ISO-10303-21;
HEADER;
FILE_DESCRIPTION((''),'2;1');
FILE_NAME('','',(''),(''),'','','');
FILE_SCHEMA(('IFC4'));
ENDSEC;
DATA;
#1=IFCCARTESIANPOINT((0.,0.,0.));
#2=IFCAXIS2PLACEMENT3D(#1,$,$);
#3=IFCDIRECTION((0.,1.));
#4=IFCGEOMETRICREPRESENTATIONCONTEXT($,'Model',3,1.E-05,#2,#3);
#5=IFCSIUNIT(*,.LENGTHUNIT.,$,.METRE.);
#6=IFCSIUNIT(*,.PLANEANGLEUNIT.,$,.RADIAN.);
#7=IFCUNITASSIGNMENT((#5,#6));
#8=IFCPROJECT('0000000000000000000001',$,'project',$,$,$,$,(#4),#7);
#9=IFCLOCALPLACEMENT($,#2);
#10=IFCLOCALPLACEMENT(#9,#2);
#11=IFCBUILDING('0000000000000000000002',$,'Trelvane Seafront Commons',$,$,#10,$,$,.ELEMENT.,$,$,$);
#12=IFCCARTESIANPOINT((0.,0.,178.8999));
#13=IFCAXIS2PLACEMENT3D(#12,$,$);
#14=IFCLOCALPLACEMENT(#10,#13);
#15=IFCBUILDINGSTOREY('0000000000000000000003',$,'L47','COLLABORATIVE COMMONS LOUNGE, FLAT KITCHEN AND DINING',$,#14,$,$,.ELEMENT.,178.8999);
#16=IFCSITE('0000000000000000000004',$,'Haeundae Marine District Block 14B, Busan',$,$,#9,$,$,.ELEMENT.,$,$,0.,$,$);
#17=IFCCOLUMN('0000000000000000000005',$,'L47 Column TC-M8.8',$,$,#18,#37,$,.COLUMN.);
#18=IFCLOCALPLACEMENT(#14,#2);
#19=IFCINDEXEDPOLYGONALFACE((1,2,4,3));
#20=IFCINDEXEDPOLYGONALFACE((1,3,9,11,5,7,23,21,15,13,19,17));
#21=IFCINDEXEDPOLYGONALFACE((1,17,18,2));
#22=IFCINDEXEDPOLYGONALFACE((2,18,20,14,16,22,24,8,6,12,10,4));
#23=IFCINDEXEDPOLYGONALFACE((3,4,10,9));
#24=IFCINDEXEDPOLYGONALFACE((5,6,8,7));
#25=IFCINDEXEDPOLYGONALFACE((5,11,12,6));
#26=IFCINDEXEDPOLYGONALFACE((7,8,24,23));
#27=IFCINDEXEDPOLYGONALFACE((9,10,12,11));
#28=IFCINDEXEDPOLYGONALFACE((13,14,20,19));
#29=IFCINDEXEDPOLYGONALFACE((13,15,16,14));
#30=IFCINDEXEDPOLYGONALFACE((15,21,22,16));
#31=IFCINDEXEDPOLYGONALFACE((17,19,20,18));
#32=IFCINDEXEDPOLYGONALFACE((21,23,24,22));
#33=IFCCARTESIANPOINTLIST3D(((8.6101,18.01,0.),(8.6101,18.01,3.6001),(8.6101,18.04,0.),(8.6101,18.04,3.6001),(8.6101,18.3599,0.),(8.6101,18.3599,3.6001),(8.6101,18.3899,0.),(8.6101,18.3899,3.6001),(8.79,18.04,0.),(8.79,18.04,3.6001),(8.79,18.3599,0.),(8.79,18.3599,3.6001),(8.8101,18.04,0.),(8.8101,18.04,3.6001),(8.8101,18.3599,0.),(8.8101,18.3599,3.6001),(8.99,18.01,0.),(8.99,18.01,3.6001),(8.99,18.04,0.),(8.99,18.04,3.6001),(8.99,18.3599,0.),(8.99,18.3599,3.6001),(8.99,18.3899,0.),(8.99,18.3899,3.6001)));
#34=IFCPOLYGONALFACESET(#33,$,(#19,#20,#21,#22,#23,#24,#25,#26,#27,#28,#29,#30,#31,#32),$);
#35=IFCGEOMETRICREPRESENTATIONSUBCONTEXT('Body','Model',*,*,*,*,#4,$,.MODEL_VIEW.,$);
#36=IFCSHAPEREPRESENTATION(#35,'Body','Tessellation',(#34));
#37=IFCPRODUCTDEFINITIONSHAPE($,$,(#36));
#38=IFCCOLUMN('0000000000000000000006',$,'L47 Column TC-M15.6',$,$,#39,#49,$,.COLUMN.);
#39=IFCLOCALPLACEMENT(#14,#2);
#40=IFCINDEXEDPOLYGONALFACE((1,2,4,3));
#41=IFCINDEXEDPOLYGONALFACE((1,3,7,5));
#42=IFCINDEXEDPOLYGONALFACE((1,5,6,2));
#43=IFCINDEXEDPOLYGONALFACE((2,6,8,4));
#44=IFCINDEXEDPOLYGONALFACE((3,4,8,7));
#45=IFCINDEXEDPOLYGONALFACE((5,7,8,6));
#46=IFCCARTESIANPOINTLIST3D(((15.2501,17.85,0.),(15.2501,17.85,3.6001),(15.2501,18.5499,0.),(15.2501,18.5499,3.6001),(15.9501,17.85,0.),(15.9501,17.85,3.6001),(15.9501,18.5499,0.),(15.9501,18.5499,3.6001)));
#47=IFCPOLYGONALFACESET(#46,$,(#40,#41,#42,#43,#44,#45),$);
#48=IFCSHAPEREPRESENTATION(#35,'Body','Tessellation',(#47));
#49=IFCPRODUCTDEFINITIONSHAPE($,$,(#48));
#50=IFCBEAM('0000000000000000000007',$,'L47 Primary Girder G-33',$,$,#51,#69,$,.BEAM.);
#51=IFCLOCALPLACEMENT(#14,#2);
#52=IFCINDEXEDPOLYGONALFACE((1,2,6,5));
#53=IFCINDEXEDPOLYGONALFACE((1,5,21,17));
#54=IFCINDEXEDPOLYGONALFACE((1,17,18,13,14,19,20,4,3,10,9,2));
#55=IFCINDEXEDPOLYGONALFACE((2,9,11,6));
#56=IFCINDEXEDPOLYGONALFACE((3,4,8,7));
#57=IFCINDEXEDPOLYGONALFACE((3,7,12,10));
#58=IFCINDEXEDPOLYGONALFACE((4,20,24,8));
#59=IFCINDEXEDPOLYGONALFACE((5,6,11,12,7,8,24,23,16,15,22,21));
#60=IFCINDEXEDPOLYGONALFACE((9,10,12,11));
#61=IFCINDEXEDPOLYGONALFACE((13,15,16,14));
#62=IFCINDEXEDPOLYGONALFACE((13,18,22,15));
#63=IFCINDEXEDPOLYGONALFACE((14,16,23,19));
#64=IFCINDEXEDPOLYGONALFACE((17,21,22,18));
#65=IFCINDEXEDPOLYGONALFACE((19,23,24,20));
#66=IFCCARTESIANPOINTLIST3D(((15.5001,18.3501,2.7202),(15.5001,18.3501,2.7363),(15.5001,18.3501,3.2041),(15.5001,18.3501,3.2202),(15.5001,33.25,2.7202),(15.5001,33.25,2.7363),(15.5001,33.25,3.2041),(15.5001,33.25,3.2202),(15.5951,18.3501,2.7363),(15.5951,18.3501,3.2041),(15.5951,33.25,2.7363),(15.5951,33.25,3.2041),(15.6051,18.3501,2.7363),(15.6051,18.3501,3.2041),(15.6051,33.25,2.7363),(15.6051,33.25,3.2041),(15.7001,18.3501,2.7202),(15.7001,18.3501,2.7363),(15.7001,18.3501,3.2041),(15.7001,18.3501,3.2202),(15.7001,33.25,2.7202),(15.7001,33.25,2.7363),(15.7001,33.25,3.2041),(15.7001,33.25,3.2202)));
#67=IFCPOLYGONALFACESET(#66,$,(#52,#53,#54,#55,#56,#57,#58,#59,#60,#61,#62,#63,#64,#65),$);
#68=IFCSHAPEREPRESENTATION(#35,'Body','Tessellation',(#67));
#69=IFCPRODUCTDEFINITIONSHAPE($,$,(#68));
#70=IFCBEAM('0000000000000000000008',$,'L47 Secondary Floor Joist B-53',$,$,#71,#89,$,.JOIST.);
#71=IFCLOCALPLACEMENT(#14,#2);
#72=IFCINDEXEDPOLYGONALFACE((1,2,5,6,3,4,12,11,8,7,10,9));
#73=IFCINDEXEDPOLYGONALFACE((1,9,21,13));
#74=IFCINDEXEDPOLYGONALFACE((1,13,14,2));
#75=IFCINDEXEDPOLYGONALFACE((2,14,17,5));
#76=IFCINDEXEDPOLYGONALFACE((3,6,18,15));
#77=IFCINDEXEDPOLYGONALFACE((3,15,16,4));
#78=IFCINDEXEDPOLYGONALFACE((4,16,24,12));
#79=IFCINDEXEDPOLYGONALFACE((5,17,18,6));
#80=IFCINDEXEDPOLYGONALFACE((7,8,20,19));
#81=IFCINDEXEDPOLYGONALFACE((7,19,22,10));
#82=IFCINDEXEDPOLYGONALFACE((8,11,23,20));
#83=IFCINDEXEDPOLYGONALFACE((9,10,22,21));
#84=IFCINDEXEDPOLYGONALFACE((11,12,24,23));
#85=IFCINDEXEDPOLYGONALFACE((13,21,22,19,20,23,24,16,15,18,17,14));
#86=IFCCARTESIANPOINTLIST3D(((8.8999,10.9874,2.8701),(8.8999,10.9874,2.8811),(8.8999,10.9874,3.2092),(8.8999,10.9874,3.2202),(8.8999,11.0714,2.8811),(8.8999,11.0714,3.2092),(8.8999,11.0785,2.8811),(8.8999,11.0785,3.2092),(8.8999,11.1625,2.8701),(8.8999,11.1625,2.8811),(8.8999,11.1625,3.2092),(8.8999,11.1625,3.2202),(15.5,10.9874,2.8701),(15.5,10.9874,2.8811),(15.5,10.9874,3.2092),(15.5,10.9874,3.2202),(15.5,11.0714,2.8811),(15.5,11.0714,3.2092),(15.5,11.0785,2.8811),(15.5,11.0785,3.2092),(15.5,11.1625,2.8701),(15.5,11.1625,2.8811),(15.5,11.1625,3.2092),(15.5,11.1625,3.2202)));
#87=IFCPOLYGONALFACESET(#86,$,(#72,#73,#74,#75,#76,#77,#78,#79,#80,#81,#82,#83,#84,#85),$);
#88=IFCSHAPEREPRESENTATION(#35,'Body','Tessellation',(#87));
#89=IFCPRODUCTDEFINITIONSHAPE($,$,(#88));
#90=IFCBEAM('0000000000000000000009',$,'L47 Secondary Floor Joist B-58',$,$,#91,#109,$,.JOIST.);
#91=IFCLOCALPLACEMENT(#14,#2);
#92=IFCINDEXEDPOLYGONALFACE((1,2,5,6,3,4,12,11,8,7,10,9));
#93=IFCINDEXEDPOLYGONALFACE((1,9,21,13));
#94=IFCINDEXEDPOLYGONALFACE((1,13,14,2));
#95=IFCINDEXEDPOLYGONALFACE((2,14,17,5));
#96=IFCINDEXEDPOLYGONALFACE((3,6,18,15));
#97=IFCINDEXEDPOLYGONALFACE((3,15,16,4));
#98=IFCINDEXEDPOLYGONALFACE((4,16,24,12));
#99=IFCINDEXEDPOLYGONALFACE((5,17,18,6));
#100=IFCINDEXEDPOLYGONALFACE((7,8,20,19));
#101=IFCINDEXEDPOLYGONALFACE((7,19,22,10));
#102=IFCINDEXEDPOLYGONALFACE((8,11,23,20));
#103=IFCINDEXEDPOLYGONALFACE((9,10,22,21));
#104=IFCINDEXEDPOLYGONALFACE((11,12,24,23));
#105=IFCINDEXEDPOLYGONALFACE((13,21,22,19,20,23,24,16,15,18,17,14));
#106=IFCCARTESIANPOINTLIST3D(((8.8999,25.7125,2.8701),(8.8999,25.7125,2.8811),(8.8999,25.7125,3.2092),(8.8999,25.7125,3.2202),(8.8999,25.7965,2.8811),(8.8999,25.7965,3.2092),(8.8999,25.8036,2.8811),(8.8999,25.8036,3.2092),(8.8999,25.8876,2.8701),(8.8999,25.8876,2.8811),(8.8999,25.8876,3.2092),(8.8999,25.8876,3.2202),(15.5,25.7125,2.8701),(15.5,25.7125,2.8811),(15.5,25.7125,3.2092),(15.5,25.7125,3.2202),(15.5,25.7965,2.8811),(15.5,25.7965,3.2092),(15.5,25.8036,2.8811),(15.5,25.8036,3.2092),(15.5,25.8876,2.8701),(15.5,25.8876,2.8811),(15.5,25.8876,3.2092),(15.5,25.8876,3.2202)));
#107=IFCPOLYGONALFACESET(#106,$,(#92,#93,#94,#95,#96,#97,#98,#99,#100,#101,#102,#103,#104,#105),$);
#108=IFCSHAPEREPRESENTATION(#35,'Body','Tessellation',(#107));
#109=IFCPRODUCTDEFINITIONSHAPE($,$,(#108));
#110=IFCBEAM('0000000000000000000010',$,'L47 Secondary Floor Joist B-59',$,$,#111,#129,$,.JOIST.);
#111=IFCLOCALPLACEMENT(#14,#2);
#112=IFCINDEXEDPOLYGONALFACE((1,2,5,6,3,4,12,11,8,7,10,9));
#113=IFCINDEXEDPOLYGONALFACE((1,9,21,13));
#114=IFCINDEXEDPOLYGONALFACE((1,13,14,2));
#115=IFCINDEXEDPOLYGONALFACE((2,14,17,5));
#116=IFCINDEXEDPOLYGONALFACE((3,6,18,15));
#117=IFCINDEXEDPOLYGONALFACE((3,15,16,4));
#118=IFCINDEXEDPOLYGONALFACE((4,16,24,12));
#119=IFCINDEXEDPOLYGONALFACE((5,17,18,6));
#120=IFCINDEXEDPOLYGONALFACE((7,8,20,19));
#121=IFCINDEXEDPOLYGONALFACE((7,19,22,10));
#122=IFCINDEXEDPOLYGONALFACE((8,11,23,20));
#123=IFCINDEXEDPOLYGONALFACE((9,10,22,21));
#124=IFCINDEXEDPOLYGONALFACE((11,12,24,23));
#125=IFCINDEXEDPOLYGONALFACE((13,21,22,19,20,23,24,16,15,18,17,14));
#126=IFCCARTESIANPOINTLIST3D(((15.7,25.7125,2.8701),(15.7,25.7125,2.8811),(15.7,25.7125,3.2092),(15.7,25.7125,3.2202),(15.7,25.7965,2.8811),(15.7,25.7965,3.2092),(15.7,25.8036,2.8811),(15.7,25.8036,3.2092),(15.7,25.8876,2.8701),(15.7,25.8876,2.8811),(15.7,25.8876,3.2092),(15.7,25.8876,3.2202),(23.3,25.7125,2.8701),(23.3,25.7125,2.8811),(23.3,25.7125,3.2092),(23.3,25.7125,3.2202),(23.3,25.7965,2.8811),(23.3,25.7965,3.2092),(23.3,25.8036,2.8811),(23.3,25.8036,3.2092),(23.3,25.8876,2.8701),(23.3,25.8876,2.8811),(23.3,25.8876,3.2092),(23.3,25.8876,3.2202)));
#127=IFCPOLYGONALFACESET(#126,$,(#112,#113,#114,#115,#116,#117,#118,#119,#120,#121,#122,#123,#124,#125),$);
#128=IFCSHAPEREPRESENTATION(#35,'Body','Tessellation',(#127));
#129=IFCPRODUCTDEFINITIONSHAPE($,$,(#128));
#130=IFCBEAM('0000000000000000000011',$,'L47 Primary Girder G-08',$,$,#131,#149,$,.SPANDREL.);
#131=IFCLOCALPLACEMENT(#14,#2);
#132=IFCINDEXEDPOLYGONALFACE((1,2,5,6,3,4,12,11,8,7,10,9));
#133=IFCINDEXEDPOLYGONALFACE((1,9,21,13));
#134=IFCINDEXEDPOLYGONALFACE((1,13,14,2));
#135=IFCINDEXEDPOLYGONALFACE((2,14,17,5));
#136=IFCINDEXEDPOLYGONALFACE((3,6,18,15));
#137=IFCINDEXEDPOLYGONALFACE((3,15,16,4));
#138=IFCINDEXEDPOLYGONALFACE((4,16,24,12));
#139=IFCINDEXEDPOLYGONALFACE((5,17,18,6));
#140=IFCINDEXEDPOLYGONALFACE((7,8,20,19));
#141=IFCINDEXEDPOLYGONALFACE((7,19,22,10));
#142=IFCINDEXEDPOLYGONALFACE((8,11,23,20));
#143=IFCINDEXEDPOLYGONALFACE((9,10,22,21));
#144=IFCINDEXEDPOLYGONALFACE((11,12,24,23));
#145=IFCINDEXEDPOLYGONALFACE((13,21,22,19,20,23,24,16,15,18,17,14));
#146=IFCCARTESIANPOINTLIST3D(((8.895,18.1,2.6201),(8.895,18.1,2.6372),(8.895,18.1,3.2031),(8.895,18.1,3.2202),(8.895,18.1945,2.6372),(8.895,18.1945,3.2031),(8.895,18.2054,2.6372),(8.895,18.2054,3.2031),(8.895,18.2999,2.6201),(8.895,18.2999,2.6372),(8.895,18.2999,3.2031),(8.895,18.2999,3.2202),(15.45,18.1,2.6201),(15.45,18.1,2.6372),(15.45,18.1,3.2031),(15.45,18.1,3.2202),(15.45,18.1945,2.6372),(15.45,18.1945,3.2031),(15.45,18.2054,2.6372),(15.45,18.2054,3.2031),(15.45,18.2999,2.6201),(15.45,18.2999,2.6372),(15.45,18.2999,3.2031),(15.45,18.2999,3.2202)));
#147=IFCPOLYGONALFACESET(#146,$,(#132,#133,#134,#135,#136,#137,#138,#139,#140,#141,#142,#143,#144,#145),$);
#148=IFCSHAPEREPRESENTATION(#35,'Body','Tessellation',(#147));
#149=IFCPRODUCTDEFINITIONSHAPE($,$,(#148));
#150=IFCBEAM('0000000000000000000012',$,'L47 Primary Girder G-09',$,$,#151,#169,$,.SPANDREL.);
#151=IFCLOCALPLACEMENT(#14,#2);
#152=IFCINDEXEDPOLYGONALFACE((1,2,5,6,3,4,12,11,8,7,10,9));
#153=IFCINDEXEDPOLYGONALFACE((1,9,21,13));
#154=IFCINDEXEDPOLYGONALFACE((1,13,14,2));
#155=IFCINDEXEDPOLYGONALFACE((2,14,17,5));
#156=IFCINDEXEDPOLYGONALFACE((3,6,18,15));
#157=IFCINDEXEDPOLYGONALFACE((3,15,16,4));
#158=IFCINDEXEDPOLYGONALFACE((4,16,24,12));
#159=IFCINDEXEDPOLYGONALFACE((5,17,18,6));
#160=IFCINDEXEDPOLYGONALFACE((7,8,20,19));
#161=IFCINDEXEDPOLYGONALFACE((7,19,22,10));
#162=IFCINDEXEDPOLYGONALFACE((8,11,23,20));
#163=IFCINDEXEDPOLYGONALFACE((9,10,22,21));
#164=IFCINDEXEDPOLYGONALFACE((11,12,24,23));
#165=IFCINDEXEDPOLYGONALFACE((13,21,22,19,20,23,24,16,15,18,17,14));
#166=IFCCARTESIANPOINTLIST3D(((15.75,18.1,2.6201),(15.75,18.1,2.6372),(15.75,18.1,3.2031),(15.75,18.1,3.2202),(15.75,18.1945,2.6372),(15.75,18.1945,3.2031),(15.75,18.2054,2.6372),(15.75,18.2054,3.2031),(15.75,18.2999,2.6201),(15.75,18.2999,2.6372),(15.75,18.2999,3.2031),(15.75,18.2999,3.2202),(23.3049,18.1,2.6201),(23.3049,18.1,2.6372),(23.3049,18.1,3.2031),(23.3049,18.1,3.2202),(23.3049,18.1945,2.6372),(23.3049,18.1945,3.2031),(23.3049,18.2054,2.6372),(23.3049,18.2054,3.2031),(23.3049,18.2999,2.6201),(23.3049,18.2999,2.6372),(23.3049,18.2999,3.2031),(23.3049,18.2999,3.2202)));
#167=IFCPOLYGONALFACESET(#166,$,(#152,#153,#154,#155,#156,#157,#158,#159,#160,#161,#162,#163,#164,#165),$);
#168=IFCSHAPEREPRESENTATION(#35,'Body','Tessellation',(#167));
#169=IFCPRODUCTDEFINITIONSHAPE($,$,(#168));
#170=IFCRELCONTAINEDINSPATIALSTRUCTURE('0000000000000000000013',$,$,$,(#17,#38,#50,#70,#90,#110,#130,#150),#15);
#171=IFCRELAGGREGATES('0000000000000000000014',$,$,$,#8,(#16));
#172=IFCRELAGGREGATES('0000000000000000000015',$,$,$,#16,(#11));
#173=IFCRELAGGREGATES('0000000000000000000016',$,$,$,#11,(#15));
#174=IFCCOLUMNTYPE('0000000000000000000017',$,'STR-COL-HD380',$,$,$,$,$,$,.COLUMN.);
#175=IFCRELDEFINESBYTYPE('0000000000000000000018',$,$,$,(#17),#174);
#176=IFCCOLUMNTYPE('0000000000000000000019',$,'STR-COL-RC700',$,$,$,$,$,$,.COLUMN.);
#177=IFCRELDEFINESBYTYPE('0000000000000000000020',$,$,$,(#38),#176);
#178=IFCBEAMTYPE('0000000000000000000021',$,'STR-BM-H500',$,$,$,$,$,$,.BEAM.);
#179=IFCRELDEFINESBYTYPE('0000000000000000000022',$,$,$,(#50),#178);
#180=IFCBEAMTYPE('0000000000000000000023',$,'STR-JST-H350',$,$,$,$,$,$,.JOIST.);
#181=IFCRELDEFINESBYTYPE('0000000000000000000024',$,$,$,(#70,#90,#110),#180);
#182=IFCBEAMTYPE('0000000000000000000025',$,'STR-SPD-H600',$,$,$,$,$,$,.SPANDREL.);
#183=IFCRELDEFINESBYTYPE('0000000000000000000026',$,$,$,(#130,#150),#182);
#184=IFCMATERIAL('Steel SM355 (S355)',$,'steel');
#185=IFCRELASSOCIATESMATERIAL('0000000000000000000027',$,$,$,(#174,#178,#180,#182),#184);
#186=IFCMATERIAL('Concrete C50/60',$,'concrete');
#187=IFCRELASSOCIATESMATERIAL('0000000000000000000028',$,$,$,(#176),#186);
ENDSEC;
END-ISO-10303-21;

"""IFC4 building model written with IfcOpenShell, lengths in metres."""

from ifc_helpers import new_model, si_unit, direction, frame, origin, origin_2d, place, context, subcontext, project, spatial, rectangle, i_section, extrude, source, transform, mapped, material, material_profile, profile_set, type_object, element, save


model = new_model("IFC4")

# Units and contexts
model_context = context("Model", 3, precision=1e-05, world=origin(), true_north=direction((0.0, 1.0)))
body_context = subcontext(model_context, "Body", "Model", "MODEL_VIEW")
ifc_project = project(units=[si_unit("LENGTHUNIT", "METRE"), si_unit("PLANEANGLEUNIT", "RADIAN")], contexts=[model_context])

# Site, building, storey
site_placement = place(None, origin())
site = spatial("IfcSite", under=ifc_project, at=site_placement, Name="Haeundae Marine District Block 14B, Busan", CompositionType="ELEMENT", RefElevation=0.0)
building_placement = place(site_placement, origin())
building = spatial("IfcBuilding", under=site, at=building_placement, Name="Trelvane Seafront Commons", CompositionType="ELEMENT")
storey_placement = place(building_placement, frame((0.0, 0.0, 178.8999)))
storey = spatial("IfcBuildingStorey", under=building, at=storey_placement, Name="L47", Description="COLLABORATIVE COMMONS LOUNGE, FLAT KITCHEN AND DINING", CompositionType="ELEMENT", Elevation=178.8999)

# Columns
ifc_material_1 = material(Name="Steel SM355 (S355)", Category="steel")
ifc_material_profile_1 = material_profile(ifc_material_1, i_section(OverallWidth=0.3799, OverallDepth=0.3799, WebThickness=0.02, FlangeThickness=0.03, at=origin_2d()), Name="HD-380x380x20x30")
ifc_profile_set_1 = profile_set([ifc_material_profile_1], Name="Steel SM355 (S355)")
column_type_1 = type_object("IfcColumnType", Name="STR-COL-HD380", PredefinedType="COLUMN", material=ifc_profile_set_1)
shared_shape_1 = source(origin(), body_context, "Body", "SweptSolid", [
    extrude(i_section(OverallWidth=0.3799, OverallDepth=0.3799, WebThickness=0.02, FlangeThickness=0.03, at=origin_2d()), origin(), (0.0, 0.0, 1.0), 3.6001),
])
column_1_placement = place(storey_placement, frame((8.8, 18.2, 0.0), z_axis=(0.0, 0.0, 1.0), x_axis=(1.0, 0.0, 0.0)))
element("IfcColumn", 1, at=column_1_placement, inside=storey, type_object=column_type_1, Name="L47 Column TC-M8.8", PredefinedType="COLUMN", context=body_context, shape_type="MappedRepresentation", body=[
    mapped(shared_shape_1, transform((0.0, 0.0, 0.0), x_axis=(1.0, 0.0, 0.0), y_axis=(0.0, 1.0, 0.0), z_axis=(0.0, 0.0, 1.0), scale=1.0)),
])
ifc_material_2 = material(Name="Concrete C50/60", Category="concrete")
ifc_material_profile_2 = material_profile(ifc_material_2, rectangle(XDim=0.7, YDim=0.7, at=origin_2d()), Name="RC-700x700")
ifc_profile_set_2 = profile_set([ifc_material_profile_2], Name="Concrete C50/60")
column_type_2 = type_object("IfcColumnType", Name="STR-COL-RC700", PredefinedType="COLUMN", material=ifc_profile_set_2)
shared_shape_2 = source(origin(), body_context, "Body", "SweptSolid", [
    extrude(rectangle(XDim=0.7, YDim=0.7, at=origin_2d()), origin(), (0.0, 0.0, 1.0), 3.6001),
])
column_2_placement = place(storey_placement, frame((15.6001, 18.2, 0.0), z_axis=(0.0, 0.0, 1.0), x_axis=(1.0, 0.0, 0.0)))
element("IfcColumn", 2, at=column_2_placement, inside=storey, type_object=column_type_2, Name="L47 Column TC-M15.6", PredefinedType="COLUMN", context=body_context, shape_type="MappedRepresentation", body=[
    mapped(shared_shape_2, transform((0.0, 0.0, 0.0), x_axis=(1.0, 0.0, 0.0), y_axis=(0.0, 1.0, 0.0), z_axis=(0.0, 0.0, 1.0), scale=1.0)),
])

# Beams
ifc_material_profile_3 = material_profile(ifc_material_1, i_section(OverallWidth=0.2, OverallDepth=0.5, WebThickness=0.01, FlangeThickness=0.0161, at=origin_2d()), Name="H-500x200x10x16")
ifc_profile_set_3 = profile_set([ifc_material_profile_3], Name="Steel SM355 (S355)")
beam_type_1 = type_object("IfcBeamType", Name="STR-BM-H500", PredefinedType="BEAM", material=ifc_profile_set_3)
shared_shape_3 = source(origin(), body_context, "Body", "SweptSolid", [
    extrude(i_section(OverallWidth=0.2, OverallDepth=0.5, WebThickness=0.01, FlangeThickness=0.0161, at=origin_2d()), origin(), (0.0, 0.0, 1.0), 14.8999),
])
beam_1_placement = place(storey_placement, frame((15.6001, 18.3501, 2.9702), z_axis=(0.0, 1.0, 0.0), x_axis=(-1.0, 0.0, 0.0)))
element("IfcBeam", 3, at=beam_1_placement, inside=storey, type_object=beam_type_1, Name="L47 Primary Girder G-33", PredefinedType="BEAM", context=body_context, shape_type="MappedRepresentation", body=[
    mapped(shared_shape_3, transform((0.0, 0.0, 0.0), x_axis=(1.0, 0.0, 0.0), y_axis=(0.0, 1.0, 0.0), z_axis=(0.0, 0.0, 1.0), scale=1.0)),
])
ifc_material_profile_4 = material_profile(ifc_material_1, i_section(OverallWidth=0.175, OverallDepth=0.3501, WebThickness=0.0071, FlangeThickness=0.011, at=origin_2d()), Name="H-350x175x7x11")
ifc_profile_set_4 = profile_set([ifc_material_profile_4], Name="Steel SM355 (S355)")
beam_type_2 = type_object("IfcBeamType", Name="STR-JST-H350", PredefinedType="JOIST", material=ifc_profile_set_4)
shared_shape_4 = source(origin(), body_context, "Body", "SweptSolid", [
    extrude(i_section(OverallWidth=0.175, OverallDepth=0.3501, WebThickness=0.0071, FlangeThickness=0.011, at=origin_2d()), origin(), (0.0, 0.0, 1.0), 6.6001),
])
for number, where, z_axis, x_axis, name in (
    (4, (8.8999, 11.075, 3.0452), (1.0, 0.0, 0.0), (0.0, 1.0, 0.0), "L47 Secondary Floor Joist B-53"),
    (5, (8.8999, 25.8, 3.0452), (1.0, 0.0, 0.0), (0.0, 1.0, 0.0), "L47 Secondary Floor Joist B-58"),
):
    element("IfcBeam", number, at=place(storey_placement, frame(where, z_axis=z_axis, x_axis=x_axis)), inside=storey, type_object=beam_type_2, Name=name, PredefinedType="JOIST", context=body_context, shape_type="MappedRepresentation", body=[
        mapped(shared_shape_4, transform((0.0, 0.0, 0.0), x_axis=(1.0, 0.0, 0.0), y_axis=(0.0, 1.0, 0.0), z_axis=(0.0, 0.0, 1.0), scale=1.0)),
    ])
shared_shape_5 = source(origin(), body_context, "Body", "SweptSolid", [
    extrude(i_section(OverallWidth=0.175, OverallDepth=0.3501, WebThickness=0.0071, FlangeThickness=0.011, at=origin_2d()), origin(), (0.0, 0.0, 1.0), 7.6001),
])
beam_2_placement = place(storey_placement, frame((15.7, 25.8, 3.0452), z_axis=(1.0, 0.0, 0.0), x_axis=(0.0, 1.0, 0.0)))
element("IfcBeam", 6, at=beam_2_placement, inside=storey, type_object=beam_type_2, Name="L47 Secondary Floor Joist B-59", PredefinedType="JOIST", context=body_context, shape_type="MappedRepresentation", body=[
    mapped(shared_shape_5, transform((0.0, 0.0, 0.0), x_axis=(1.0, 0.0, 0.0), y_axis=(0.0, 1.0, 0.0), z_axis=(0.0, 0.0, 1.0), scale=1.0)),
])
ifc_material_profile_5 = material_profile(ifc_material_1, i_section(OverallWidth=0.2, OverallDepth=0.6001, WebThickness=0.011, FlangeThickness=0.0171, at=origin_2d()), Name="H-600x200x11x17")
ifc_profile_set_5 = profile_set([ifc_material_profile_5], Name="Steel SM355 (S355)")
beam_type_3 = type_object("IfcBeamType", Name="STR-SPD-H600", PredefinedType="SPANDREL", material=ifc_profile_set_5)
shared_shape_6 = source(origin(), body_context, "Body", "SweptSolid", [
    extrude(i_section(OverallWidth=0.2, OverallDepth=0.6001, WebThickness=0.011, FlangeThickness=0.0171, at=origin_2d()), origin(), (0.0, 0.0, 1.0), 6.5549),
])
beam_3_placement = place(storey_placement, frame((8.895, 18.2, 2.9202), z_axis=(1.0, 0.0, 0.0), x_axis=(0.0, 1.0, 0.0)))
element("IfcBeam", 7, at=beam_3_placement, inside=storey, type_object=beam_type_3, Name="L47 Primary Girder G-08", PredefinedType="SPANDREL", context=body_context, shape_type="MappedRepresentation", body=[
    mapped(shared_shape_6, transform((0.0, 0.0, 0.0), x_axis=(1.0, 0.0, 0.0), y_axis=(0.0, 1.0, 0.0), z_axis=(0.0, 0.0, 1.0), scale=1.0)),
])
shared_shape_7 = source(origin(), body_context, "Body", "SweptSolid", [
    extrude(i_section(OverallWidth=0.2, OverallDepth=0.6001, WebThickness=0.011, FlangeThickness=0.0171, at=origin_2d()), origin(), (0.0, 0.0, 1.0), 7.5549),
])
beam_4_placement = place(storey_placement, frame((15.75, 18.2, 2.9202), z_axis=(1.0, 0.0, 0.0), x_axis=(0.0, 1.0, 0.0)))
element("IfcBeam", 8, at=beam_4_placement, inside=storey, type_object=beam_type_3, Name="L47 Primary Girder G-09", PredefinedType="SPANDREL", context=body_context, shape_type="MappedRepresentation", body=[
    mapped(shared_shape_7, transform((0.0, 0.0, 0.0), x_axis=(1.0, 0.0, 0.0), y_axis=(0.0, 1.0, 0.0), z_axis=(0.0, 0.0, 1.0), scale=1.0)),
])

save(model, "model.ifc")
